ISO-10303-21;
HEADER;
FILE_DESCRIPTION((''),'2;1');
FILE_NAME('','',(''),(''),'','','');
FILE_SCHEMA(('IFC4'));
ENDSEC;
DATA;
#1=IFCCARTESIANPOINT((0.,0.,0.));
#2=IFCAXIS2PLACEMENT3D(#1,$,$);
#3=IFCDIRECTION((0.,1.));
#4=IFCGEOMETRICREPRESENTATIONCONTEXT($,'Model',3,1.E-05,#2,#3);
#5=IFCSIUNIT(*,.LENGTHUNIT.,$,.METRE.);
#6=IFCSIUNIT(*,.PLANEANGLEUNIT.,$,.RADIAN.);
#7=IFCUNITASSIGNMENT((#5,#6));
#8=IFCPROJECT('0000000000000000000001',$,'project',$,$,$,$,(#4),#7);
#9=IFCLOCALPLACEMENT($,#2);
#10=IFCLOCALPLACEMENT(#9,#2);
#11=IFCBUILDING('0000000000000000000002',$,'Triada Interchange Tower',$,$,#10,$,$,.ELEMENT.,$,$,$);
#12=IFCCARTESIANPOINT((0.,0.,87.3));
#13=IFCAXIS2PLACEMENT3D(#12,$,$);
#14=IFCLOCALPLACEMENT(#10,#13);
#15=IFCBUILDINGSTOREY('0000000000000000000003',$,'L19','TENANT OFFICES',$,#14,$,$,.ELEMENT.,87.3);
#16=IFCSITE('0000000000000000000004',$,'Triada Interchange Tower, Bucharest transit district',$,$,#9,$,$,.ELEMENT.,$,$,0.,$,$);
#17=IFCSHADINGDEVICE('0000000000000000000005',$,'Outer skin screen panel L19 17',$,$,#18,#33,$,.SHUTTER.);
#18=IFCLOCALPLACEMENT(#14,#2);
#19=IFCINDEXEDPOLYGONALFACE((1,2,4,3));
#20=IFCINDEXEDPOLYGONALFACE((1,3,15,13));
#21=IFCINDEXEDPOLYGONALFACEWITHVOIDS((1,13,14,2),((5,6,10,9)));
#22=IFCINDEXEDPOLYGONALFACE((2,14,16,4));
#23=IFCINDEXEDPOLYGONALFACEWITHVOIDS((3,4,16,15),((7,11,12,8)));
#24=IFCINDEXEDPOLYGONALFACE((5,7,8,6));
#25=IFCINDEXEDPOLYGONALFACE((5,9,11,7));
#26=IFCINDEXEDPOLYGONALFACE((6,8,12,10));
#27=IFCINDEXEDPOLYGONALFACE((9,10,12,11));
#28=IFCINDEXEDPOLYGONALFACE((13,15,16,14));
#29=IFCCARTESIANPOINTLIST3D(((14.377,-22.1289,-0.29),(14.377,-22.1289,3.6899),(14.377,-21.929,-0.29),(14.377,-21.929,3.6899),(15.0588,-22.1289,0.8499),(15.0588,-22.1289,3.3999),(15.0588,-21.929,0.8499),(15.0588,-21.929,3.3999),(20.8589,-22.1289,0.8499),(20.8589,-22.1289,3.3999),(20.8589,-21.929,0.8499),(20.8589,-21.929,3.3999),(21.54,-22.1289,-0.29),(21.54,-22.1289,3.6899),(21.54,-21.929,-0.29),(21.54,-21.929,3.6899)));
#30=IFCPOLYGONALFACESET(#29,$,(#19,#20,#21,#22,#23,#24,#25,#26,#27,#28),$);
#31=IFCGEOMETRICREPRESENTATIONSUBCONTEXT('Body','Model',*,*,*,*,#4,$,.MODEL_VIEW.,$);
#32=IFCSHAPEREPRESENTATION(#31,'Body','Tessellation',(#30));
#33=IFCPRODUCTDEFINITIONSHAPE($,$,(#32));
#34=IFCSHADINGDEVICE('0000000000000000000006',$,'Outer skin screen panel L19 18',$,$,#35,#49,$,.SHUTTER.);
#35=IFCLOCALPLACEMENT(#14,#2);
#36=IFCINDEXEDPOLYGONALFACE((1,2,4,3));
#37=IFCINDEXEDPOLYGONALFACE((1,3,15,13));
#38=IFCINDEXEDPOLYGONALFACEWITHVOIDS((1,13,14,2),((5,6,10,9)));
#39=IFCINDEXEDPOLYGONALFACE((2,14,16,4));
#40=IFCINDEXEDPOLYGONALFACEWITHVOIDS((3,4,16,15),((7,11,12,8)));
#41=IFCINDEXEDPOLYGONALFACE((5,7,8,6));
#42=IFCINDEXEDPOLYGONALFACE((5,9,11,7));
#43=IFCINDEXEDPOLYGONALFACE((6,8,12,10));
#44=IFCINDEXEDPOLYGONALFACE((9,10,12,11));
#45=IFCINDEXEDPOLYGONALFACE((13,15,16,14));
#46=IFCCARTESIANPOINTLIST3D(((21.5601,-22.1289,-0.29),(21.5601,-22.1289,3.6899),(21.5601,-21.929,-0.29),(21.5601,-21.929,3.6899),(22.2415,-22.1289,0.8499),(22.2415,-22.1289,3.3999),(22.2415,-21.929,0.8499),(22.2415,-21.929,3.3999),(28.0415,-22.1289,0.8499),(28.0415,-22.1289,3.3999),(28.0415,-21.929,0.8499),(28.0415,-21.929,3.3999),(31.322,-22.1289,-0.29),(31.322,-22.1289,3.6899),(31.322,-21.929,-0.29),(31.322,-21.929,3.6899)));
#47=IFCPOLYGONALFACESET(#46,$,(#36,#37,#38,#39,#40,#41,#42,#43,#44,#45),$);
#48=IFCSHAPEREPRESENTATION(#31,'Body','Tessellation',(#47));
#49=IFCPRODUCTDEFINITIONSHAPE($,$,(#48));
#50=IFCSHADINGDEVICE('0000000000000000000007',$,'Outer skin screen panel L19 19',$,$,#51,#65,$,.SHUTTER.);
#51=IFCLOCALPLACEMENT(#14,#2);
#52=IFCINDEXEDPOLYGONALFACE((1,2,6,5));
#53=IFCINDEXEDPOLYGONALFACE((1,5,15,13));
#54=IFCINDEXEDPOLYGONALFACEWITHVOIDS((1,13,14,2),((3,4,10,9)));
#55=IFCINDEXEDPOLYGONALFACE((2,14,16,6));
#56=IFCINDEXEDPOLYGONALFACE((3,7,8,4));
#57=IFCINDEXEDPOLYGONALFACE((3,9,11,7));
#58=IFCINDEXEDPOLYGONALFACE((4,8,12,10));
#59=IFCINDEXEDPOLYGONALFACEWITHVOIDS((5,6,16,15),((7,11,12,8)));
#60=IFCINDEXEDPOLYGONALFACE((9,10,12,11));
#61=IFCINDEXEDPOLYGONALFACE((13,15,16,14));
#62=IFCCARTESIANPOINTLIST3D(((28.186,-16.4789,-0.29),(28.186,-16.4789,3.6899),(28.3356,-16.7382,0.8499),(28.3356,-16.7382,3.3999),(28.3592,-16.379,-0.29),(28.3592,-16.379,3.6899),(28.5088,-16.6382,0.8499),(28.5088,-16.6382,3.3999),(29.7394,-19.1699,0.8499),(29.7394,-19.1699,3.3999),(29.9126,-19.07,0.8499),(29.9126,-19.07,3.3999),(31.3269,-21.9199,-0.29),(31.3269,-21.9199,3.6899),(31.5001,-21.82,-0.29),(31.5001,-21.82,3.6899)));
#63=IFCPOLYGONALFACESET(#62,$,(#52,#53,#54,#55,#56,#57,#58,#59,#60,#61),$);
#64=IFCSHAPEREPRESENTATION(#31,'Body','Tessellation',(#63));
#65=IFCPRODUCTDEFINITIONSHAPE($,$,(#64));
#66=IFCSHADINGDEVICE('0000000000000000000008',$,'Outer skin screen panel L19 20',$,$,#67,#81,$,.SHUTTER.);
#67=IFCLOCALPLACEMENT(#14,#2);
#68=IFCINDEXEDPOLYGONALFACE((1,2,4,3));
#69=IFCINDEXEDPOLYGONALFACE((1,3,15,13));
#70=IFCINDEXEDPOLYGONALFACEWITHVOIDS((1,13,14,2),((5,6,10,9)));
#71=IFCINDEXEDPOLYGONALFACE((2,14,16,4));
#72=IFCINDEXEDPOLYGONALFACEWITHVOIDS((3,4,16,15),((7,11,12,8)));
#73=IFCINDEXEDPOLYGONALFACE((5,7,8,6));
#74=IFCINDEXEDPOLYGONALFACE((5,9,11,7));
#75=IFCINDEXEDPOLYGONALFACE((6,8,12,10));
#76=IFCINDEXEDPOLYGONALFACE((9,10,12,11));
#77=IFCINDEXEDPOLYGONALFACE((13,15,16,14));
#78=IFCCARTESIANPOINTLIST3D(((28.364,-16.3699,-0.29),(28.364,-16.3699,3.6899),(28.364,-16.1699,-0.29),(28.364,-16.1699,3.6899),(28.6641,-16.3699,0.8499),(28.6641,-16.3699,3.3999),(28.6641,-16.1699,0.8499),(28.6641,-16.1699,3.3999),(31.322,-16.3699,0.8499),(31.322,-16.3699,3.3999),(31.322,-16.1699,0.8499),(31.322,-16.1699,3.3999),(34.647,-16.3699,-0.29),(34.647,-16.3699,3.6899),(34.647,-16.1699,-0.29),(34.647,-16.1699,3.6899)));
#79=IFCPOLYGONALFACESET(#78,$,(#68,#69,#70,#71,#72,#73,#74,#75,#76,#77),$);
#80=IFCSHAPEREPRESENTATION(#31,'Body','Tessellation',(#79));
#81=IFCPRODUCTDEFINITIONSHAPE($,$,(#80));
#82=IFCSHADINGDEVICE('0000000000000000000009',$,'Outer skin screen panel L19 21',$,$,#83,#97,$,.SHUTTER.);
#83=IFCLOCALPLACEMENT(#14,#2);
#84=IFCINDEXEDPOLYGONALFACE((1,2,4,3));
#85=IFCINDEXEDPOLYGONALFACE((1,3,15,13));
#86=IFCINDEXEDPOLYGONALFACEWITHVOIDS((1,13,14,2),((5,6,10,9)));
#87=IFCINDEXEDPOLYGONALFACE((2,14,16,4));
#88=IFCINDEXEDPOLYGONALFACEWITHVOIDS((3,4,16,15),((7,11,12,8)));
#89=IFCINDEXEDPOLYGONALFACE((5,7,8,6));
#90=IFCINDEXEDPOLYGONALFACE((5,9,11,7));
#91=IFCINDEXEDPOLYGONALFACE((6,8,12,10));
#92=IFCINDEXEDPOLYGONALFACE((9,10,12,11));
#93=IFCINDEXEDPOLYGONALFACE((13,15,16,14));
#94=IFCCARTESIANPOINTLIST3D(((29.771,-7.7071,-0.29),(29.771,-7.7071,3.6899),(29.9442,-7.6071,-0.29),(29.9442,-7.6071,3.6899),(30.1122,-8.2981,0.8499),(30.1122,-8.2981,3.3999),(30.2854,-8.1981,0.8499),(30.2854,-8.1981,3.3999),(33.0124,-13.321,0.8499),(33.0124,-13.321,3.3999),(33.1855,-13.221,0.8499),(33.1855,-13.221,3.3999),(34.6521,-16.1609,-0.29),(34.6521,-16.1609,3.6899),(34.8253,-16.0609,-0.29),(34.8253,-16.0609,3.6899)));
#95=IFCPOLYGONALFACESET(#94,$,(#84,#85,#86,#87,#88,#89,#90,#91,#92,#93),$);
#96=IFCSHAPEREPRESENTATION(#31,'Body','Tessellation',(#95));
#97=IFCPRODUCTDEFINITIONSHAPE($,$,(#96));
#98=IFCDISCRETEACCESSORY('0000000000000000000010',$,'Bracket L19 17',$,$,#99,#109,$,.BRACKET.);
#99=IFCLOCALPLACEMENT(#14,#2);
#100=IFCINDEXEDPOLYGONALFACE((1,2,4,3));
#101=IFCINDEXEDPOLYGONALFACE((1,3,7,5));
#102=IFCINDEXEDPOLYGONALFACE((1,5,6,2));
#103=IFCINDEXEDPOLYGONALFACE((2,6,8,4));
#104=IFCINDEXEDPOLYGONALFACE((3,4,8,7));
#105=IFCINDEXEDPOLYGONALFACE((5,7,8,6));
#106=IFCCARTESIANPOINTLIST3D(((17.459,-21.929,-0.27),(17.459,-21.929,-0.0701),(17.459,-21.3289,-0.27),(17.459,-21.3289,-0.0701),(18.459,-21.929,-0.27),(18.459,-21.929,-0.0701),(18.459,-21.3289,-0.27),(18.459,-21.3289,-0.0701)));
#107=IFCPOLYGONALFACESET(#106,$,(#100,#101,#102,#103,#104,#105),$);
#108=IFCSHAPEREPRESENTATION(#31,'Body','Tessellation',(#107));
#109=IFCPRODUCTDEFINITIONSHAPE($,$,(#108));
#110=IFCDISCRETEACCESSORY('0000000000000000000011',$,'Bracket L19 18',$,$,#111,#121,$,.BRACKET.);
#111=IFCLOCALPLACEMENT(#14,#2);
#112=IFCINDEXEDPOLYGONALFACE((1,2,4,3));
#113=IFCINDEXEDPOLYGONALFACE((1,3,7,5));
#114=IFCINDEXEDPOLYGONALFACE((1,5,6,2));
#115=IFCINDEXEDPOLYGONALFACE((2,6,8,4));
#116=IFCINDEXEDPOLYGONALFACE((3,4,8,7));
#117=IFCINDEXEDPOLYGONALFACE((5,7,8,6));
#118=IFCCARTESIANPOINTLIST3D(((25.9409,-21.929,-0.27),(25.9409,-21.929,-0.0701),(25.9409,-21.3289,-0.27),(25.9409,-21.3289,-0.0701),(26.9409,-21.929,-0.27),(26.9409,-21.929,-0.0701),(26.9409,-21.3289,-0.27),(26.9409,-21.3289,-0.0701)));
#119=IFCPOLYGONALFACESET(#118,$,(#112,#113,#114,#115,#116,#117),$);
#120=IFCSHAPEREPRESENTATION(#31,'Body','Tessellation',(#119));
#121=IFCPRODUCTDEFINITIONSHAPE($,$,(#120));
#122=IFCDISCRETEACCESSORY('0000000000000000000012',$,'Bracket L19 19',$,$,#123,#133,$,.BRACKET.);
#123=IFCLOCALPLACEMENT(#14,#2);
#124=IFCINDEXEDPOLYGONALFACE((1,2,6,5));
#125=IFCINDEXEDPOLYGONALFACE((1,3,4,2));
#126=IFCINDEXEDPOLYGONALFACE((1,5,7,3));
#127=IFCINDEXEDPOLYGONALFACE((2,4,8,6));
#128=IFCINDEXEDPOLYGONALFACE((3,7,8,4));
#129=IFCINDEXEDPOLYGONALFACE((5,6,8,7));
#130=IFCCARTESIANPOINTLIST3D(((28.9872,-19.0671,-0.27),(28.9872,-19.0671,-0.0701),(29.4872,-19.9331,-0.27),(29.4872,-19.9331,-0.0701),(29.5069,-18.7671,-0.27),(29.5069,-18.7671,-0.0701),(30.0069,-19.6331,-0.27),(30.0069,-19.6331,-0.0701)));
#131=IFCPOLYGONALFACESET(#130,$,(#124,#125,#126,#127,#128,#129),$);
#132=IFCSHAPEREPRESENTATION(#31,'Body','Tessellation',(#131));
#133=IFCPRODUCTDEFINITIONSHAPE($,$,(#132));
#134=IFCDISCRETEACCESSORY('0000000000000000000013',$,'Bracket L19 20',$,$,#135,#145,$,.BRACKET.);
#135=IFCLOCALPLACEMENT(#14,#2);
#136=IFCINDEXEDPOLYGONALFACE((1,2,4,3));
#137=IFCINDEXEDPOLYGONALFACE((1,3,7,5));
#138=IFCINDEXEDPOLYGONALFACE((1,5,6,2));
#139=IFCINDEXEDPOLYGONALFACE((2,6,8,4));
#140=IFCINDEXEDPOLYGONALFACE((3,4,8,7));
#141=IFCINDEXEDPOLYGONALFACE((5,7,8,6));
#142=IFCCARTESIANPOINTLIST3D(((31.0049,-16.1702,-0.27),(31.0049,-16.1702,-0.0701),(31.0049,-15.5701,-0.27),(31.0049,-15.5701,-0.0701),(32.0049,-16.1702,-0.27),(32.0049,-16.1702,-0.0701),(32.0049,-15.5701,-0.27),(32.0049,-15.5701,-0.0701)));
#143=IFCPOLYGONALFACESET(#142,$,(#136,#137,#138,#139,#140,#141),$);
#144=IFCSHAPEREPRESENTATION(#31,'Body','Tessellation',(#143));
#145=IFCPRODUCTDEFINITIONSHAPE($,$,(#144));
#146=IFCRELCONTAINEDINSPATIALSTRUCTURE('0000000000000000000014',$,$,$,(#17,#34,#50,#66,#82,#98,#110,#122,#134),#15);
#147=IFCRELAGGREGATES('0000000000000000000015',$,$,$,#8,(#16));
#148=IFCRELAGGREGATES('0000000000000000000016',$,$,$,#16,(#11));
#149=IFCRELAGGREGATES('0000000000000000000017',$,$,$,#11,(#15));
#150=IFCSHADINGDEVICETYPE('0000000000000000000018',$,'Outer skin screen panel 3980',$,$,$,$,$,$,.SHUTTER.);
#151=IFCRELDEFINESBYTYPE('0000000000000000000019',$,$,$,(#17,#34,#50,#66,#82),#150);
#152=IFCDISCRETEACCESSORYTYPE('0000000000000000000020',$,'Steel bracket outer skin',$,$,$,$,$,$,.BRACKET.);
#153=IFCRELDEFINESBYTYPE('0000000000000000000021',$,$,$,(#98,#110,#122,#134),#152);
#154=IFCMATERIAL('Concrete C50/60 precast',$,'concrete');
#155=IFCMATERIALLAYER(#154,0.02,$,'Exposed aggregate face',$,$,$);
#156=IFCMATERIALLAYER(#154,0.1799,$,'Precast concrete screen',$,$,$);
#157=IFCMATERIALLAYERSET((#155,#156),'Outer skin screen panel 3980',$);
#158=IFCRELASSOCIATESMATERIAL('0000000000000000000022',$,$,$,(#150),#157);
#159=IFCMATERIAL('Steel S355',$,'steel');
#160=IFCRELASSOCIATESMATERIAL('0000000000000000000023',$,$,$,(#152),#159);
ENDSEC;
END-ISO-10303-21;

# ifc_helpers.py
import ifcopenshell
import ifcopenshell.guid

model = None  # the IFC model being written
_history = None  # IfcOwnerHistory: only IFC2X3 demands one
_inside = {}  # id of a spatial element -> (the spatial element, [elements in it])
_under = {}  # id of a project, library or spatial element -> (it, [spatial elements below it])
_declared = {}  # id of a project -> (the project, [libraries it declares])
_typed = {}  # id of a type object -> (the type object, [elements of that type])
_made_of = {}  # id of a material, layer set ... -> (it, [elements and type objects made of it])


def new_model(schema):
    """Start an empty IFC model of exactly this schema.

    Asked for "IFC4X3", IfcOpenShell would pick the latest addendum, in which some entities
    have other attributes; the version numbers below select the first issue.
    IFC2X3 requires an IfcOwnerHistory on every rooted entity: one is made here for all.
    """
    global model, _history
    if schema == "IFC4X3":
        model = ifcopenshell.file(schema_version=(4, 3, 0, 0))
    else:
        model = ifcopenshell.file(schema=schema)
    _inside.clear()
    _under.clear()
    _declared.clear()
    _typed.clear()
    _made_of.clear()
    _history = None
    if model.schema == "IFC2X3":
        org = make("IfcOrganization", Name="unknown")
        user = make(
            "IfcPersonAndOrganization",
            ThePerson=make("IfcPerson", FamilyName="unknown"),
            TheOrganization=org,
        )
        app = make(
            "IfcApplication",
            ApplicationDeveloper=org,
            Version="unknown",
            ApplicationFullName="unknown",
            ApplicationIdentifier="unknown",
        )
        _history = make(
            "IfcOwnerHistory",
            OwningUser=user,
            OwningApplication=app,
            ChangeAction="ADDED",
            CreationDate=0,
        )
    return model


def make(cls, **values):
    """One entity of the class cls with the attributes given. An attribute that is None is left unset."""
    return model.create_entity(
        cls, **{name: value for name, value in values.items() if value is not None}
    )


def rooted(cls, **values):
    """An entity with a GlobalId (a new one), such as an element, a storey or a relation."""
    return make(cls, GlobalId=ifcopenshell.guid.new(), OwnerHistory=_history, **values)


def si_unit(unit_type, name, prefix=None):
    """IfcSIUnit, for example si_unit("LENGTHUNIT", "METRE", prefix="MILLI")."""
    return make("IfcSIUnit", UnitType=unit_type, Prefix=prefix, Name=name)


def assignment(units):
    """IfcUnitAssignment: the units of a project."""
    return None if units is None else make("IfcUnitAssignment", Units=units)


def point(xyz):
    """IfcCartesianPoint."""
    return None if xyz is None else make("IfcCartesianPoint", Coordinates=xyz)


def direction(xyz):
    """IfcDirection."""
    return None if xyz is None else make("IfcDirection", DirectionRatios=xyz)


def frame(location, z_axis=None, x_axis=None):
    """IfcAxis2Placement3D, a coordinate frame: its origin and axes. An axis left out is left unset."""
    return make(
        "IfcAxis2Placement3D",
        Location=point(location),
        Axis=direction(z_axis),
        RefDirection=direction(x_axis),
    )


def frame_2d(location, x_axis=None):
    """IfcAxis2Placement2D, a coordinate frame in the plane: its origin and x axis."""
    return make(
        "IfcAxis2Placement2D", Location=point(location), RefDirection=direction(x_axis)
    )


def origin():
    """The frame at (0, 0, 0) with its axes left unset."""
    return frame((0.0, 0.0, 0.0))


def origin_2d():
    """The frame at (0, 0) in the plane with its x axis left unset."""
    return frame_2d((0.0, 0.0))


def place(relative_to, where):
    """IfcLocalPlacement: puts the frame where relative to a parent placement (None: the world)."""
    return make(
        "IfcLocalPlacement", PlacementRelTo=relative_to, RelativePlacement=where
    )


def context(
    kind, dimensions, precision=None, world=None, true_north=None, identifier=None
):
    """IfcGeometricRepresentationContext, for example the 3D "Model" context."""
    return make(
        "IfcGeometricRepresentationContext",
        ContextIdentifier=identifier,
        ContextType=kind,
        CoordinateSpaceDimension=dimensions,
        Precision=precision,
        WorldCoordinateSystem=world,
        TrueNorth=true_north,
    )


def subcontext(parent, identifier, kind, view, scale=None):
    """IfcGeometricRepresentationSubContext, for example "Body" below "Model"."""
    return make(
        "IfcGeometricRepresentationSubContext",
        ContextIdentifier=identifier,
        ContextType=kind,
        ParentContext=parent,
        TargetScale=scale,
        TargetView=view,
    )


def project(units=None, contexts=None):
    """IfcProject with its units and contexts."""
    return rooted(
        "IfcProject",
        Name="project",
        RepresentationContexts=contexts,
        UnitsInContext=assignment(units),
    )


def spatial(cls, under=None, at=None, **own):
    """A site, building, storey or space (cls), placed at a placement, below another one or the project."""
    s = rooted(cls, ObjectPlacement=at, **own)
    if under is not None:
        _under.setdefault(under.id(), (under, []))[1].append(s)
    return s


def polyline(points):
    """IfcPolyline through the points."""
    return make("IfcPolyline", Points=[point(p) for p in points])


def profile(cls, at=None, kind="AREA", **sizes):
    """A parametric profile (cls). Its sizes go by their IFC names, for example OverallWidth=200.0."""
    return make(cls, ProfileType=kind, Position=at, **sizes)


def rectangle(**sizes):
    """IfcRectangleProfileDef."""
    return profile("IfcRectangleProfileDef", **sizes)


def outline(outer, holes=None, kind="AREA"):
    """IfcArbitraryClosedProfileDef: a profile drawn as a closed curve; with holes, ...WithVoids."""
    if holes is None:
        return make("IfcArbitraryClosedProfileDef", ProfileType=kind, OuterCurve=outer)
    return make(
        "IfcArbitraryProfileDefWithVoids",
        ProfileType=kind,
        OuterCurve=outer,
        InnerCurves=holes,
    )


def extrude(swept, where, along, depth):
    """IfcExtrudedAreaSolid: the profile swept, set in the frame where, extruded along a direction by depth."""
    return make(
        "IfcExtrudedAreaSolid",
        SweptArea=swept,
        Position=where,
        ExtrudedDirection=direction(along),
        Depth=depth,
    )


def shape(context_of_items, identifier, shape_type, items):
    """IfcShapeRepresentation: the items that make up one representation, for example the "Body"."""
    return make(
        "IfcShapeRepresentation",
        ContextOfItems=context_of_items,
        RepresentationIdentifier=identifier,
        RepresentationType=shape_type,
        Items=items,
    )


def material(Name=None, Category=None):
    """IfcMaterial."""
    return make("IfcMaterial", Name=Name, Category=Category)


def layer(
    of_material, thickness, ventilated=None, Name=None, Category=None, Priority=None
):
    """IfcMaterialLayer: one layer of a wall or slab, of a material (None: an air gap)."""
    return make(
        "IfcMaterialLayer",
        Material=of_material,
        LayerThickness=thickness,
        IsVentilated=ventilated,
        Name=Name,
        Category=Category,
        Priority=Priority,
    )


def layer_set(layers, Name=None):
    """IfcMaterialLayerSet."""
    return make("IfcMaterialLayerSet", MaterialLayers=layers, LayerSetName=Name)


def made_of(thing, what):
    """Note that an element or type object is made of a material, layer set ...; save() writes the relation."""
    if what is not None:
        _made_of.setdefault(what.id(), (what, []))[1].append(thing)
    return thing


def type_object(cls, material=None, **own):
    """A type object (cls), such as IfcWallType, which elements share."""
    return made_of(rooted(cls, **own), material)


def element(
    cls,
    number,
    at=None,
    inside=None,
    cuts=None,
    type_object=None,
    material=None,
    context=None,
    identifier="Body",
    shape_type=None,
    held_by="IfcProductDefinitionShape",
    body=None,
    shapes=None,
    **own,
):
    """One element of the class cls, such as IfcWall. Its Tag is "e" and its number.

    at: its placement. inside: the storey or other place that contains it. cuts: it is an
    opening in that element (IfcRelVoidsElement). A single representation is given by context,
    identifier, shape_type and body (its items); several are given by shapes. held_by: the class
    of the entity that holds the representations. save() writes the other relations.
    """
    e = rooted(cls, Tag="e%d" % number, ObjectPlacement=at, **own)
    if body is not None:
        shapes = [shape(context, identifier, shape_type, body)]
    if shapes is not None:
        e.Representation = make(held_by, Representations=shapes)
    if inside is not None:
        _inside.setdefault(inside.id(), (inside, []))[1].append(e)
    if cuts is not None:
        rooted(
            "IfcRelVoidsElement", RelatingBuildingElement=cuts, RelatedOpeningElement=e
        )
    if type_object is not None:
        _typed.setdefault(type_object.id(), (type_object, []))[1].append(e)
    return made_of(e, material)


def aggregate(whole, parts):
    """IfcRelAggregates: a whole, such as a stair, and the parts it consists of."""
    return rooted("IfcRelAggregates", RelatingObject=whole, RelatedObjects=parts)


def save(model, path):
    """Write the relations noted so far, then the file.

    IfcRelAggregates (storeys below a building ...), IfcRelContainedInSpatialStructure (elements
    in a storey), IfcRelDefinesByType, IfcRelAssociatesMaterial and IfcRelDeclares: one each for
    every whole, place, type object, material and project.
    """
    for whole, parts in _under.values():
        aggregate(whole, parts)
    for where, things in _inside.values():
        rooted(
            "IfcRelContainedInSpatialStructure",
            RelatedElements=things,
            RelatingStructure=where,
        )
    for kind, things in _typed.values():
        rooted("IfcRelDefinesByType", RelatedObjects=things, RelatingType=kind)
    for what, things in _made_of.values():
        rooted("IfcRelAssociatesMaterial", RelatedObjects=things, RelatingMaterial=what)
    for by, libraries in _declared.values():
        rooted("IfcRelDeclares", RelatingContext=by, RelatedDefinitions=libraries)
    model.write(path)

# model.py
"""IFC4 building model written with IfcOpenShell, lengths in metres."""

from ifc_helpers import new_model, si_unit, direction, frame, origin, origin_2d, place, context, subcontext, project, spatial, polyline, rectangle, outline, extrude, material, layer, layer_set, type_object, element, save


model = new_model("IFC4")

# Units and contexts
model_context = context("Model", 3, precision=1e-05, world=origin(), true_north=direction((0.0, 1.0)))
body_context = subcontext(model_context, "Body", "Model", "MODEL_VIEW")
ifc_project = project(units=[si_unit("LENGTHUNIT", "METRE"), si_unit("PLANEANGLEUNIT", "RADIAN")], contexts=[model_context])

# Site, building, storey
site_placement = place(None, origin())
site = spatial("IfcSite", under=ifc_project, at=site_placement, Name="Triada Interchange Tower, Bucharest transit district", CompositionType="ELEMENT", RefElevation=0.0)
building_placement = place(site_placement, origin())
building = spatial("IfcBuilding", under=site, at=building_placement, Name="Triada Interchange Tower", CompositionType="ELEMENT")
storey_placement = place(building_placement, frame((0.0, 0.0, 87.3)))
storey = spatial("IfcBuildingStorey", under=building, at=storey_placement, Name="L19", Description="TENANT OFFICES", CompositionType="ELEMENT", Elevation=87.3)

# Shading devices
ifc_material_1 = material(Name="Concrete C50/60 precast", Category="concrete")
ifc_layer_1 = layer(ifc_material_1, 0.02, Name="Exposed aggregate face")
ifc_layer_2 = layer(ifc_material_1, 0.1799, Name="Precast concrete screen")
ifc_layer_set_1 = layer_set([ifc_layer_1, ifc_layer_2], Name="Outer skin screen panel 3980")
shading_device_type = type_object("IfcShadingDeviceType", Name="Outer skin screen panel 3980", PredefinedType="SHUTTER", material=ifc_layer_set_1)
shading_device_1_placement = place(storey_placement, frame((14.377, -21.929, -0.29), z_axis=(0.0, 0.0, 1.0), x_axis=(1.0, 0.0, 0.0)))
element("IfcShadingDevice", 1, at=shading_device_1_placement, inside=storey, type_object=shading_device_type, Name="Outer skin screen panel L19 17", PredefinedType="SHUTTER", context=body_context, shape_type="SweptSolid", body=[
    extrude(outline(polyline([(0.0, 0.0), (7.1631, 0.0), (7.1631, 3.98), (0.0, 3.98), (0.0, 0.0)]), holes=[polyline([(0.6819, 1.1399), (0.6819, 3.6899), (6.4819, 3.6899), (6.4819, 1.1399), (0.6819, 1.1399)])]), frame((0.0, 0.0, 0.0), z_axis=(0.0, -1.0, 0.0), x_axis=(1.0, 0.0, 0.0)), (0.0, 0.0, 1.0), 0.2),
])
shading_device_2_placement = place(storey_placement, frame((21.5601, -21.929, -0.29), z_axis=(0.0, 0.0, 1.0), x_axis=(1.0, 0.0, 0.0)))
element("IfcShadingDevice", 2, at=shading_device_2_placement, inside=storey, type_object=shading_device_type, Name="Outer skin screen panel L19 18", PredefinedType="SHUTTER", context=body_context, shape_type="SweptSolid", body=[
    extrude(outline(polyline([(0.0, 0.0), (9.762, 0.0), (9.762, 3.98), (0.0, 3.98), (0.0, 0.0)]), holes=[polyline([(0.6814, 1.1399), (0.6814, 3.6899), (6.4814, 3.6899), (6.4814, 1.1399), (0.6814, 1.1399)])]), frame((0.0, 0.0, 0.0), z_axis=(0.0, -1.0, 0.0), x_axis=(1.0, 0.0, 0.0)), (0.0, 0.0, 1.0), 0.2),
])
shading_device_3_placement = place(storey_placement, frame((31.3269, -21.9199, -0.29), z_axis=(0.0, 0.0, 1.0), x_axis=(-0.499947, 0.866056, 0.0)))
element("IfcShadingDevice", 3, at=shading_device_3_placement, inside=storey, type_object=shading_device_type, Name="Outer skin screen panel L19 19", PredefinedType="SHUTTER", context=body_context, shape_type="SweptSolid", body=[
    extrude(outline(polyline([(0.0, 0.0), (6.2825, 0.0), (6.2825, 3.98), (0.0, 3.98), (0.0, 0.0)]), holes=[polyline([(3.1753, 1.1399), (3.1753, 3.6899), (5.9832, 3.6899), (5.9832, 1.1399), (3.1753, 1.1399)])]), frame((0.0, 0.0, 0.0), z_axis=(0.0, -1.0, 0.0), x_axis=(1.0, 0.0, 0.0)), (0.0, 0.0, 1.0), 0.2),
])
shading_device_4_placement = place(storey_placement, frame((28.364, -16.1699, -0.29), z_axis=(0.0, 0.0, 1.0), x_axis=(1.0, 0.0, 0.0)))
element("IfcShadingDevice", 4, at=shading_device_4_placement, inside=storey, type_object=shading_device_type, Name="Outer skin screen panel L19 20", PredefinedType="SHUTTER", context=body_context, shape_type="SweptSolid", body=[
    extrude(outline(polyline([(0.0, 0.0), (6.283, 0.0), (6.283, 3.98), (0.0, 3.98), (0.0, 0.0)]), holes=[polyline([(0.3, 1.1399), (0.3, 3.6899), (2.958, 3.6899), (2.958, 1.1399), (0.3, 1.1399)])]), frame((0.0, 0.0, 0.0), z_axis=(0.0, -1.0, 0.0), x_axis=(1.0, 0.0, 0.0)), (0.0, 0.0, 1.0), 0.2),
])
shading_device_5_placement = place(storey_placement, frame((34.6521, -16.1609, -0.29), z_axis=(0.0, 0.0, 1.0), x_axis=(-0.50002, 0.866014, 0.0)))
element("IfcShadingDevice", 5, at=shading_device_5_placement, inside=storey, type_object=shading_device_type, Name="Outer skin screen panel L19 21", PredefinedType="SHUTTER", context=body_context, shape_type="SweptSolid", body=[
    extrude(outline(polyline([(0.0, 0.0), (9.7617, 0.0), (9.7617, 3.98), (0.0, 3.98), (0.0, 0.0)]), holes=[polyline([(3.2793, 1.1399), (3.2793, 3.6899), (9.0793, 3.6899), (9.0793, 1.1399), (3.2793, 1.1399)])]), frame((0.0, 0.0, 0.0), z_axis=(0.0, -1.0, 0.0), x_axis=(1.0, 0.0, 0.0)), (0.0, 0.0, 1.0), 0.2),
])

# Discrete accessories
ifc_material_2 = material(Name="Steel S355", Category="steel")
discrete_accessory_type = type_object("IfcDiscreteAccessoryType", Name="Steel bracket outer skin", PredefinedType="BRACKET", material=ifc_material_2)
for number, where, z_axis, x_axis, name in (
    (6, (17.959, -21.6289, -0.27), (0.0, 0.0, 1.0), (0.0, -1.0, 0.0), "Bracket L19 17"),
    (7, (26.4409, -21.6289, -0.27), (0.0, 0.0, 1.0), (0.0, -1.0, 0.0), "Bracket L19 18"),
    (8, (29.4971, -19.3501, -0.27), (0.0, 0.0, 1.0), (0.866023, 0.500004, 0.0), "Bracket L19 19"),
    (9, (31.5049, -15.8701, -0.27), (0.0, 0.0, 1.0), (0.0, -1.0, 0.0), "Bracket L19 20"),
):
    element("IfcDiscreteAccessory", number, at=place(storey_placement, frame(where, z_axis=z_axis, x_axis=x_axis)), inside=storey, type_object=discrete_accessory_type, Name=name, PredefinedType="BRACKET", context=body_context, shape_type="SweptSolid", body=[
        extrude(rectangle(XDim=0.6001, YDim=1.0, at=origin_2d()), origin(), (0.0, 0.0, 1.0), 0.2),
    ])

save(model, "model.ifc")
